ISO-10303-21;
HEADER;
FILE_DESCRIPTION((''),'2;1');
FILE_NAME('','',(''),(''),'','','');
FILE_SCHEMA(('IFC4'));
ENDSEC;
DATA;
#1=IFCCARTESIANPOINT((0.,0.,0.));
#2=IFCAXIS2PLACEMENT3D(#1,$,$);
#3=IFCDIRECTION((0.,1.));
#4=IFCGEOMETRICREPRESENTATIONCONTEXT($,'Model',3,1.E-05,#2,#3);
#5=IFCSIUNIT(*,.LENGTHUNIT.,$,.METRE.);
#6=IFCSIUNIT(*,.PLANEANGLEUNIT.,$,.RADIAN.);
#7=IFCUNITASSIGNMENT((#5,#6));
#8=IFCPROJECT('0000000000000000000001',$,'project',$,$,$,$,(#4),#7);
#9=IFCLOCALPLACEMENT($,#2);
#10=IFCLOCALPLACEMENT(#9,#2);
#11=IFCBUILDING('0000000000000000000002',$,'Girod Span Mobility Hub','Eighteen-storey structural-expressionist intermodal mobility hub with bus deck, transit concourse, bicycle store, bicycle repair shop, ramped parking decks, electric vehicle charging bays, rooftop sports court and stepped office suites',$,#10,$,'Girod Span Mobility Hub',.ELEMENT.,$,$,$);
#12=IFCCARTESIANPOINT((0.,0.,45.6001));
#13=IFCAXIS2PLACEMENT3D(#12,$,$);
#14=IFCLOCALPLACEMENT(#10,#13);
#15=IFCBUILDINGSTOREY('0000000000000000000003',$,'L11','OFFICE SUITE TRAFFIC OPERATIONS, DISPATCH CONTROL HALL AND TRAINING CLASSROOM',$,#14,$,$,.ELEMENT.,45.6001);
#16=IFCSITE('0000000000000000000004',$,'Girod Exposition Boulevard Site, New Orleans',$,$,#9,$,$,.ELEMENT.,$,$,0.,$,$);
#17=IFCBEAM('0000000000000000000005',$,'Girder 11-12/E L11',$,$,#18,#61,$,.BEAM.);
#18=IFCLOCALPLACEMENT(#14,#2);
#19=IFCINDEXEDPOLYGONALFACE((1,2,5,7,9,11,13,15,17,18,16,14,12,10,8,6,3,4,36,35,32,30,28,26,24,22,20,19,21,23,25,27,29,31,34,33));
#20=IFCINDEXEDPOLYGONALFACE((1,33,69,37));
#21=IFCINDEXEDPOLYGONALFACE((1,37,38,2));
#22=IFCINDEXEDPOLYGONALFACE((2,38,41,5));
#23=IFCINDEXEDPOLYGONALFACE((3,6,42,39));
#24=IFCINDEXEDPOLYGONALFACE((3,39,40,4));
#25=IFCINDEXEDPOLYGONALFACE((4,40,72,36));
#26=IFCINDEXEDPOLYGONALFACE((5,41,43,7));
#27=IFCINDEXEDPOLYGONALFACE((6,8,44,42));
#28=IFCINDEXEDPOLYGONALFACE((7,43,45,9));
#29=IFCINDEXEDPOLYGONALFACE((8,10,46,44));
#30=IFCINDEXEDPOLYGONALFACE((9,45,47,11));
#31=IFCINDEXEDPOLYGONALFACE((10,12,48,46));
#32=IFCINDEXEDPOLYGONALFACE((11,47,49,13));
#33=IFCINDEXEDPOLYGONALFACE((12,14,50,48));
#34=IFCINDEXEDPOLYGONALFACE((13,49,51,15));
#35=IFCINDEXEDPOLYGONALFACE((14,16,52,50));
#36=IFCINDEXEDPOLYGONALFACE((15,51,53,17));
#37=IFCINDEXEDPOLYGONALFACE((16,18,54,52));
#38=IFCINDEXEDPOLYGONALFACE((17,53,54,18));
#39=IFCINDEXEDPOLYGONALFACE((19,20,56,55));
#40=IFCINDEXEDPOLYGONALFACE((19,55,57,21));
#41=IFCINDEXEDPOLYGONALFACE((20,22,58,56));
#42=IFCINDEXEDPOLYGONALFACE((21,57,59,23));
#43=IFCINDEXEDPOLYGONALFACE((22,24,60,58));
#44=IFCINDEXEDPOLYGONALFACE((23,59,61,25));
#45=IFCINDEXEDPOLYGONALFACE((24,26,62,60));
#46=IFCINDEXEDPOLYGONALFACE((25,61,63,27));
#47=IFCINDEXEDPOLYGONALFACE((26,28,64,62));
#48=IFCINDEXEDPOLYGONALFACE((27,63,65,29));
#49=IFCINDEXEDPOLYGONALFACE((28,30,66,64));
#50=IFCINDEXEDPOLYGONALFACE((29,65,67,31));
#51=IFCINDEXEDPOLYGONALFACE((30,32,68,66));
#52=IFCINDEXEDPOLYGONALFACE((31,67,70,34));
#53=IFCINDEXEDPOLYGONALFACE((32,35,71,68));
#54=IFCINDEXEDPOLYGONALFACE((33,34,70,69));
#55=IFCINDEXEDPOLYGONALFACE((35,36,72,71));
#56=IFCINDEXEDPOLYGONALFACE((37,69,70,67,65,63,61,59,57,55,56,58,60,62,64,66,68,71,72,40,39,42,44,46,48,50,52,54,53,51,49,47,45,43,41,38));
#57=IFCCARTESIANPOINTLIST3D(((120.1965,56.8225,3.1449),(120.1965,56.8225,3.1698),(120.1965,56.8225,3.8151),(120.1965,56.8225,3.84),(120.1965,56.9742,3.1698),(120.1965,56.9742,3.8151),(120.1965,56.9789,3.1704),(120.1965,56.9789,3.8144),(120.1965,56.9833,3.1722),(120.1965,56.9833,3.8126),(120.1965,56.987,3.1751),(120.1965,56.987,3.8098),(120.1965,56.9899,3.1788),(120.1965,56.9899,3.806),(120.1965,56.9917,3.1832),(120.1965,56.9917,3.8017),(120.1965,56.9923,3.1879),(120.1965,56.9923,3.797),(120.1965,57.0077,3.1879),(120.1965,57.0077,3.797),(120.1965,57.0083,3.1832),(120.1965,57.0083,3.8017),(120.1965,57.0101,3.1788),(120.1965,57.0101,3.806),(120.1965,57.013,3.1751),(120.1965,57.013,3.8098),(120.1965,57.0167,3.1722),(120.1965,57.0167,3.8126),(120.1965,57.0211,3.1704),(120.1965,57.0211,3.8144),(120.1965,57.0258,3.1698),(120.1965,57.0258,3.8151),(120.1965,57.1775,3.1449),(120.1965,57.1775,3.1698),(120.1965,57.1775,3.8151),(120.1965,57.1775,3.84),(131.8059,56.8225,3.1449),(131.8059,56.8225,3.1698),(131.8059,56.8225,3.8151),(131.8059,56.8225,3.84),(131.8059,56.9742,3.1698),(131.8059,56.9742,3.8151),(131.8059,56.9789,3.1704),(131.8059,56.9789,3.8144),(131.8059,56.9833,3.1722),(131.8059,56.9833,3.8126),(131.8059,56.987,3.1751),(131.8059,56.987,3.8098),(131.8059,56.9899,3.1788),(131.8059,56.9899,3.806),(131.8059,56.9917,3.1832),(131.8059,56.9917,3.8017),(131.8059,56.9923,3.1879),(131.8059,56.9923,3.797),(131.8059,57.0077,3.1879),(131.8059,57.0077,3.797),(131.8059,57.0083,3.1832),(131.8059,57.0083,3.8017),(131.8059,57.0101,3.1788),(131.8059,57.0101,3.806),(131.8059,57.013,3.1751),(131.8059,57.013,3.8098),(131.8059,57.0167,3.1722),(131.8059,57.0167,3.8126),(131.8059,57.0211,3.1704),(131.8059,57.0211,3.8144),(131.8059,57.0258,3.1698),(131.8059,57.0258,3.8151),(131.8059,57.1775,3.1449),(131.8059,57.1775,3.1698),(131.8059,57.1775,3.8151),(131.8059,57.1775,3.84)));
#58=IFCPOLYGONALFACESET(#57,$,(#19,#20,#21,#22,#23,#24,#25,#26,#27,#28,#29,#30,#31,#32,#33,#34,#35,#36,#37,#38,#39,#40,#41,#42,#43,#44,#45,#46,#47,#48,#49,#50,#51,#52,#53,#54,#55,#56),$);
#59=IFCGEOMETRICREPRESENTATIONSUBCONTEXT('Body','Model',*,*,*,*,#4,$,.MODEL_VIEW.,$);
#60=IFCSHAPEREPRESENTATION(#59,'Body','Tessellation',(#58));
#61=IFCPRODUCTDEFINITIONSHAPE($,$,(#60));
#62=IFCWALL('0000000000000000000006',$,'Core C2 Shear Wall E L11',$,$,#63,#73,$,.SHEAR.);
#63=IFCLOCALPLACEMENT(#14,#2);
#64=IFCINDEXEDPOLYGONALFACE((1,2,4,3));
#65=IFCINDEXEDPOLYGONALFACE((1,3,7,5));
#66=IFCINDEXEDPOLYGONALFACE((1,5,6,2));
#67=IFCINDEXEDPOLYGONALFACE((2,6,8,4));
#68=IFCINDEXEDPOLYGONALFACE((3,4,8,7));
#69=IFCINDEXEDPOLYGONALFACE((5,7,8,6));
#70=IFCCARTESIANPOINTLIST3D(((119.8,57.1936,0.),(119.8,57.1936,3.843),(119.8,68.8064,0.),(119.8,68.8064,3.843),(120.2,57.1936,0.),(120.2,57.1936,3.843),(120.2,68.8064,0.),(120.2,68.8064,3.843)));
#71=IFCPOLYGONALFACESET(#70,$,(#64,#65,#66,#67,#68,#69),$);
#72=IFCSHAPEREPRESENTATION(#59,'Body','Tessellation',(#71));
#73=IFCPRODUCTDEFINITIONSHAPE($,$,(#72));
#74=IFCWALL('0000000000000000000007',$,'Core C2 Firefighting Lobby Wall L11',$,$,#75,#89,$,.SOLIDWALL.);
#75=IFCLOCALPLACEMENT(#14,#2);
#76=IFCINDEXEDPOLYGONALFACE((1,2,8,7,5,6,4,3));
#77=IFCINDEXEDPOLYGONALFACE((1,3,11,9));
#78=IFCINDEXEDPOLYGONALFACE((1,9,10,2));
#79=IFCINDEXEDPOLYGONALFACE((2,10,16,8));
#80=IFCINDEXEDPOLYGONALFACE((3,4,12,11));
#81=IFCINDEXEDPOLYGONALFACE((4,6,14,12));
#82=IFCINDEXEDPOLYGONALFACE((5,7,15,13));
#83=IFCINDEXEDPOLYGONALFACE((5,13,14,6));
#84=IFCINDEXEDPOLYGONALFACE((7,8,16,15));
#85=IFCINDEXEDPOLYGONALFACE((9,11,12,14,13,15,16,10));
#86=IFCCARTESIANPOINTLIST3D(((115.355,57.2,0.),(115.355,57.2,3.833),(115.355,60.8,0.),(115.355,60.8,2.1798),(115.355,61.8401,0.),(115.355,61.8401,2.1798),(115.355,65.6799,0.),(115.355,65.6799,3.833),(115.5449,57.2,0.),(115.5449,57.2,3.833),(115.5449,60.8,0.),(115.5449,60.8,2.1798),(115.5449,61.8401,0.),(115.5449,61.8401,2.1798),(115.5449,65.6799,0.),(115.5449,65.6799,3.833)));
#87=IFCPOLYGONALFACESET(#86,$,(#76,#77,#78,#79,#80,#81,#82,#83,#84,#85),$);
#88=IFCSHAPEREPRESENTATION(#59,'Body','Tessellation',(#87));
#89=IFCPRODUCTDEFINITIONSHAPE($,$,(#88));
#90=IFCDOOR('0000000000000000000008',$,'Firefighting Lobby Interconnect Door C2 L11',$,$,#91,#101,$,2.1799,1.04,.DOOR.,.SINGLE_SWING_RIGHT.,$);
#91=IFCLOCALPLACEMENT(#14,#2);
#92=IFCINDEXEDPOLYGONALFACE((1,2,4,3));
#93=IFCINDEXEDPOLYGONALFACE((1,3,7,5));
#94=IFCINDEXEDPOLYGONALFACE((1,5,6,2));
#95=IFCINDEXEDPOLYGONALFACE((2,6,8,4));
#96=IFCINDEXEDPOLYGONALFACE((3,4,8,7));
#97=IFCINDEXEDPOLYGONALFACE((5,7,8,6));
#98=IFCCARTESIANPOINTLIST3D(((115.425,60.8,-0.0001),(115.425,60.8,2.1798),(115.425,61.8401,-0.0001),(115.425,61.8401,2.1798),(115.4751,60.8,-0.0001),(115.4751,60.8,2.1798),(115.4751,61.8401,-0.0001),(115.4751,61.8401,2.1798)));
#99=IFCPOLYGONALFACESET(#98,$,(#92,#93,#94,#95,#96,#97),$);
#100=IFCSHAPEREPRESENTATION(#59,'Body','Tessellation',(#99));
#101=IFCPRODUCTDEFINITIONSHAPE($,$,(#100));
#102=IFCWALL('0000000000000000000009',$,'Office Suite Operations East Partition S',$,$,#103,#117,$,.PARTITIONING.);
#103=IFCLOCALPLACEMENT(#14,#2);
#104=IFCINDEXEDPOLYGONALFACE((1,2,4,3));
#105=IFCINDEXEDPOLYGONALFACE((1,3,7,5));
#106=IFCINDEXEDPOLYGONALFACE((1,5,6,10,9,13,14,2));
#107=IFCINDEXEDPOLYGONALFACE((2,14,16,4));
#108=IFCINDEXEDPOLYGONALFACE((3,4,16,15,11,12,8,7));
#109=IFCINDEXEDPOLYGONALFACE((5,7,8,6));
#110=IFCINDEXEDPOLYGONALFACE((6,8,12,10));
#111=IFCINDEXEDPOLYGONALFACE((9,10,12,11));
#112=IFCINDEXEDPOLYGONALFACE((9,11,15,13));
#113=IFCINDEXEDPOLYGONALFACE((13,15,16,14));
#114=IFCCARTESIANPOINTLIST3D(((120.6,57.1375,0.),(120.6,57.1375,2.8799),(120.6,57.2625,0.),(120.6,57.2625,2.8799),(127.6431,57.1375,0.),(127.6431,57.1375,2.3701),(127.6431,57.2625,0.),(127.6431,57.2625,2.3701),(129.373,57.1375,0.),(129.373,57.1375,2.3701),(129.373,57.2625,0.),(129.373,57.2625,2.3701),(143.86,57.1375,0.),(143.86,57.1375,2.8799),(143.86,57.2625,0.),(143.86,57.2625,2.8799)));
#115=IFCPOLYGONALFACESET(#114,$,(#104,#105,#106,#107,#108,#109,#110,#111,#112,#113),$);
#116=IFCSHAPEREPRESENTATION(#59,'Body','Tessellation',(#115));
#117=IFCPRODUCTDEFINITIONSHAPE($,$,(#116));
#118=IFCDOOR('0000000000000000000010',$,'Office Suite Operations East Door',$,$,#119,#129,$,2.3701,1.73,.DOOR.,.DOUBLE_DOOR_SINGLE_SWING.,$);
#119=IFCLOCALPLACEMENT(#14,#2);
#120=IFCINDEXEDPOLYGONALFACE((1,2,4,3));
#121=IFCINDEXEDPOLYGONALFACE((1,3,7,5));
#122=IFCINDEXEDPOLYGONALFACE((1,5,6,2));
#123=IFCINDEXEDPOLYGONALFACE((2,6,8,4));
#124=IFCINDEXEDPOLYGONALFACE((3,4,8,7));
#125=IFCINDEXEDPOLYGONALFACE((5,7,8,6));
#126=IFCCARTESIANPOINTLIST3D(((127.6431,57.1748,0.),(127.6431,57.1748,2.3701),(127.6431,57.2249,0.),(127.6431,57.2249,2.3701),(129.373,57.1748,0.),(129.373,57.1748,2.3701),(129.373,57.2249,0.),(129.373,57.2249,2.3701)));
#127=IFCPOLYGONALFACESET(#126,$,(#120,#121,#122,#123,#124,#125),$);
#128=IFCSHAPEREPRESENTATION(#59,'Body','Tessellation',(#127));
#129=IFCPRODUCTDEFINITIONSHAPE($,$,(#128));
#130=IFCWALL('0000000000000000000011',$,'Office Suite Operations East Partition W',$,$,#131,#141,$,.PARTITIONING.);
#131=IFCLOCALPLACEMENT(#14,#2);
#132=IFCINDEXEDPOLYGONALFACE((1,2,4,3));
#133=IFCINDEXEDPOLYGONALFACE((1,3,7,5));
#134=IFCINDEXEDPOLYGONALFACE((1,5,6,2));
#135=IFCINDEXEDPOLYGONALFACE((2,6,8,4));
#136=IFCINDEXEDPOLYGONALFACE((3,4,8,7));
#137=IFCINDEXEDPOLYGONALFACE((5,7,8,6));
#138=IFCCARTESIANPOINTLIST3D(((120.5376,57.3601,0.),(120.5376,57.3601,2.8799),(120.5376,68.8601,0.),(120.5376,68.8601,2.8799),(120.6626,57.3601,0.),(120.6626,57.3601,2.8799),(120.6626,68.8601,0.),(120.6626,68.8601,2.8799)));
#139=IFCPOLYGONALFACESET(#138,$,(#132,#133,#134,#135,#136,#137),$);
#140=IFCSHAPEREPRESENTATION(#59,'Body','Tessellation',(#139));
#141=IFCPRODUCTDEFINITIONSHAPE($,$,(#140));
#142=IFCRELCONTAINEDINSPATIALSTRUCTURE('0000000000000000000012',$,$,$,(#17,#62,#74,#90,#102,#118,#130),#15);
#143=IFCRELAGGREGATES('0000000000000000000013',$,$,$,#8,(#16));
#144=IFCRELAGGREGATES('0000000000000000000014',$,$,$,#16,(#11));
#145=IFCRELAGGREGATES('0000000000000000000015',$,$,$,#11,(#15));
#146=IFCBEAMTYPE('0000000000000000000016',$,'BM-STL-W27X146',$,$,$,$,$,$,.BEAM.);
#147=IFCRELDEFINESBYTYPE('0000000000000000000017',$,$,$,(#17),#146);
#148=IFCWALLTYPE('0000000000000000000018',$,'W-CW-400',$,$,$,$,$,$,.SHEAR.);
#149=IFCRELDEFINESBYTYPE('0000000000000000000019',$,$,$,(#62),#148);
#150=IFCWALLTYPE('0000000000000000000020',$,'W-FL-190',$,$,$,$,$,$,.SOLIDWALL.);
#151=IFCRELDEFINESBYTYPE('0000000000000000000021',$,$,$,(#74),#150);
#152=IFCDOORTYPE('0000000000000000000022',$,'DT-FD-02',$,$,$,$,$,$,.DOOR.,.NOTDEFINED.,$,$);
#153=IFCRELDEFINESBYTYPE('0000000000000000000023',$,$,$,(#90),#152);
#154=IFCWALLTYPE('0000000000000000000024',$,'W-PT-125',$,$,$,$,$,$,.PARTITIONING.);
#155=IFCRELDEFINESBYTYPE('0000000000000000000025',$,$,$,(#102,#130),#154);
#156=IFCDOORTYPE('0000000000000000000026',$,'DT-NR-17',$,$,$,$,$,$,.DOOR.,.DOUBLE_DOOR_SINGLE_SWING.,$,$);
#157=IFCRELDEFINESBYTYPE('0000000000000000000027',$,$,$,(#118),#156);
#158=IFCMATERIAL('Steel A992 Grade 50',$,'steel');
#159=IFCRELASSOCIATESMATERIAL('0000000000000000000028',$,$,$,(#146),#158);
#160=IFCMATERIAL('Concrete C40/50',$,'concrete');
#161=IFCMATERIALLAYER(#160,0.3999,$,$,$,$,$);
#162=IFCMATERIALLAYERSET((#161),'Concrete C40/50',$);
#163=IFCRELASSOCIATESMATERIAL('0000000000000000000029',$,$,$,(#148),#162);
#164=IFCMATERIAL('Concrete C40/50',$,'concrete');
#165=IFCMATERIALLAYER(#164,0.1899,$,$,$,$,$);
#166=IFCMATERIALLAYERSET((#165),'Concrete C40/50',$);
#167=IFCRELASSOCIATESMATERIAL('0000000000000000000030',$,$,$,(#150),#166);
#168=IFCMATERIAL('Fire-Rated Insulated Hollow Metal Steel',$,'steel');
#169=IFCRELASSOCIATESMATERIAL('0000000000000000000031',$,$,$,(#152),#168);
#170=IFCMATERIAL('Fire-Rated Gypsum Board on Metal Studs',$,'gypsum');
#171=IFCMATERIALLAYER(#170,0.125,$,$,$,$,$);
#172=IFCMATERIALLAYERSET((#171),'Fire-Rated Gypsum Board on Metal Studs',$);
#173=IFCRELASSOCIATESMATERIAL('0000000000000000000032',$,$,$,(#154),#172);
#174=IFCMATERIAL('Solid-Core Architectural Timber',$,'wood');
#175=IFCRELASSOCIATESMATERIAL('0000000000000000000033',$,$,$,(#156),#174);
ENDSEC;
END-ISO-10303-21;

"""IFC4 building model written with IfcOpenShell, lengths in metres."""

from ifc_helpers import new_model, si_unit, direction, frame, frame_2d, origin, origin_2d, place, context, subcontext, project, spatial, rectangle, i_section, extrude, material, layer, layer_set, material_profile, profile_set, type_object, element, fill, save


model = new_model("IFC4")

# Units and contexts
model_context = context("Model", 3, precision=1e-05, world=origin(), true_north=direction((0.0, 1.0)))
body_context = subcontext(model_context, "Body", "Model", "MODEL_VIEW")
ifc_project = project(units=[si_unit("LENGTHUNIT", "METRE"), si_unit("PLANEANGLEUNIT", "RADIAN")], contexts=[model_context])

# Site, building, storey
site_placement = place(None, origin())
site = spatial("IfcSite", under=ifc_project, at=site_placement, Name="Girod Exposition Boulevard Site, New Orleans", CompositionType="ELEMENT", RefElevation=0.0)
building_placement = place(site_placement, origin())
building = spatial("IfcBuilding", under=site, at=building_placement, Name="Girod Span Mobility Hub", Description="Eighteen-storey structural-expressionist intermodal mobility hub with bus deck, transit concourse, bicycle store, bicycle repair shop, ramped parking decks, electric vehicle charging bays, rooftop sports court and stepped office suites", LongName="Girod Span Mobility Hub", CompositionType="ELEMENT")
storey_placement = place(building_placement, frame((0.0, 0.0, 45.6001)))
storey = spatial("IfcBuildingStorey", under=building, at=storey_placement, Name="L11", Description="OFFICE SUITE TRAFFIC OPERATIONS, DISPATCH CONTROL HALL AND TRAINING CLASSROOM", CompositionType="ELEMENT", Elevation=45.6001)

# Beam
ifc_material_1 = material(Name="Steel A992 Grade 50", Category="steel")
ifc_material_profile_1 = material_profile(ifc_material_1, i_section(OverallWidth=0.355, OverallDepth=0.6951, WebThickness=0.0154, FlangeThickness=0.0249, FilletRadius=0.0181, at=origin_2d()), Name="W27X146")
ifc_profile_set_1 = profile_set([ifc_material_profile_1], Name="Steel A992 Grade 50")
beam_type_1 = type_object("IfcBeamType", Name="BM-STL-W27X146", PredefinedType="BEAM", material=ifc_profile_set_1)
beam_1_placement = place(storey_placement, frame((120.1965, 57.0, 3.4924), z_axis=(1.0, 0.0, 0.0), x_axis=(0.0, 1.0, 0.0)))
element("IfcBeam", 1, at=beam_1_placement, inside=storey, type_object=beam_type_1, Name="Girder 11-12/E L11", PredefinedType="BEAM", context=body_context, shape_type="SweptSolid", body=[
    extrude(i_section(OverallWidth=0.355, OverallDepth=0.6951, WebThickness=0.0154, FlangeThickness=0.0249, FilletRadius=0.0181, at=origin_2d()), origin(), (0.0, 0.0, 1.0), 11.6094),
])

# Wall
ifc_material_2 = material(Name="Concrete C40/50", Category="concrete")
ifc_layer_1 = layer(ifc_material_2, 0.3999)
ifc_layer_set_1 = layer_set([ifc_layer_1], Name="Concrete C40/50")
wall_type_1 = type_object("IfcWallType", Name="W-CW-400", PredefinedType="SHEAR", material=ifc_layer_set_1)
wall_1_placement = place(storey_placement, frame((120.0, 57.1936, 0.0), z_axis=(0.0, 0.0, 1.0), x_axis=(0.0, 1.0, 0.0)))
element("IfcWall", 2, at=wall_1_placement, inside=storey, type_object=wall_type_1, Name="Core C2 Shear Wall E L11", PredefinedType="SHEAR", context=body_context, shape_type="SweptSolid", body=[
    extrude(rectangle(XDim=11.6128, YDim=0.3999, at=frame_2d((5.8064, 0.0))), origin(), (0.0, 0.0, 1.0), 3.843),
])

# Walls, openings, doors
ifc_material_3 = material(Name="Concrete C40/50", Category="concrete")
ifc_layer_2 = layer(ifc_material_3, 0.1899)
ifc_layer_set_2 = layer_set([ifc_layer_2], Name="Concrete C40/50")
wall_type_2 = type_object("IfcWallType", Name="W-FL-190", PredefinedType="SOLIDWALL", material=ifc_layer_set_2)
wall_2_placement = place(storey_placement, frame((115.45, 57.2, 0.0), z_axis=(0.0, 0.0, 1.0), x_axis=(0.0, 1.0, 0.0)))
wall_2 = element("IfcWall", 3, at=wall_2_placement, inside=storey, type_object=wall_type_2, Name="Core C2 Firefighting Lobby Wall L11", PredefinedType="SOLIDWALL", context=body_context, shape_type="SweptSolid", body=[
    extrude(rectangle(XDim=8.48, YDim=0.1899, at=frame_2d((4.24, 0.0))), origin(), (0.0, 0.0, 1.0), 3.833),
])
opening_1_placement = place(wall_2_placement, frame((3.6001, 0.0, 0.0)))
opening_1 = element("IfcOpeningElement", 4, at=opening_1_placement, cuts=wall_2, PredefinedType="OPENING", context=body_context, shape_type="SweptSolid", body=[
    extrude(rectangle(XDim=1.04, YDim=2.1799, at=frame_2d((0.52, 1.0898))), frame((0.0, 0.1099, 0.0), z_axis=(0.0, -1.0, 0.0), x_axis=(1.0, 0.0, 0.0)), (0.0, 0.0, 1.0), 0.22),
])
ifc_material_4 = material(Name="Fire-Rated Insulated Hollow Metal Steel", Category="steel")
door_type_1 = type_object("IfcDoorType", Name="DT-FD-02", OperationType="NOTDEFINED", PredefinedType="DOOR", material=ifc_material_4)
door_1_placement = place(opening_1_placement, origin())
door_1 = element("IfcDoor", 5, at=door_1_placement, inside=storey, type_object=door_type_1, Name="Firefighting Lobby Interconnect Door C2 L11", OperationType="SINGLE_SWING_RIGHT", OverallHeight=2.1799, OverallWidth=1.04, PredefinedType="DOOR", context=body_context, shape_type="SweptSolid", body=[
    extrude(rectangle(XDim=1.04, YDim=2.1799, at=frame_2d((0.52, 1.0898))), frame((0.0, 0.0249, 0.0), z_axis=(0.0, -1.0, 0.0), x_axis=(1.0, 0.0, 0.0)), (0.0, 0.0, 1.0), 0.05),
])
fill(opening_1, door_1)
ifc_material_5 = material(Name="Fire-Rated Gypsum Board on Metal Studs", Category="gypsum")
ifc_layer_3 = layer(ifc_material_5, 0.125)
ifc_layer_set_3 = layer_set([ifc_layer_3], Name="Fire-Rated Gypsum Board on Metal Studs")
wall_type_3 = type_object("IfcWallType", Name="W-PT-125", PredefinedType="PARTITIONING", material=ifc_layer_set_3)
wall_3_placement = place(storey_placement, frame((120.6001, 57.2, 0.0), z_axis=(0.0, 0.0, 1.0), x_axis=(1.0, 0.0, 0.0)))
wall_3 = element("IfcWall", 6, at=wall_3_placement, inside=storey, type_object=wall_type_3, Name="Office Suite Operations East Partition S", PredefinedType="PARTITIONING", context=body_context, shape_type="SweptSolid", body=[
    extrude(rectangle(XDim=23.26, YDim=0.125, at=frame_2d((11.6299, 0.0))), origin(), (0.0, 0.0, 1.0), 2.8799),
])
opening_2_placement = place(wall_3_placement, frame((7.043, 0.0, 0.0)))
opening_2 = element("IfcOpeningElement", 7, at=opening_2_placement, cuts=wall_3, PredefinedType="OPENING", context=body_context, shape_type="SweptSolid", body=[
    extrude(rectangle(XDim=1.73, YDim=2.3701, at=frame_2d((0.865, 1.1851))), frame((0.0, 0.0774, 0.0), z_axis=(0.0, -1.0, 0.0), x_axis=(1.0, 0.0, 0.0)), (0.0, 0.0, 1.0), 0.155),
])
ifc_material_6 = material(Name="Solid-Core Architectural Timber", Category="wood")
door_type_2 = type_object("IfcDoorType", Name="DT-NR-17", OperationType="DOUBLE_DOOR_SINGLE_SWING", PredefinedType="DOOR", material=ifc_material_6)
door_2_placement = place(opening_2_placement, origin())
door_2 = element("IfcDoor", 8, at=door_2_placement, inside=storey, type_object=door_type_2, Name="Office Suite Operations East Door", OperationType="DOUBLE_DOOR_SINGLE_SWING", OverallHeight=2.3701, OverallWidth=1.73, PredefinedType="DOOR", context=body_context, shape_type="SweptSolid", body=[
    extrude(rectangle(XDim=1.73, YDim=2.3701, at=frame_2d((0.865, 1.1851))), frame((0.0, 0.0249, 0.0), z_axis=(0.0, -1.0, 0.0), x_axis=(1.0, 0.0, 0.0)), (0.0, 0.0, 1.0), 0.05),
])
fill(opening_2, door_2)

# Wall
wall_4_placement = place(storey_placement, frame((120.6001, 57.3601, 0.0), z_axis=(0.0, 0.0, 1.0), x_axis=(0.0, 1.0, 0.0)))
element("IfcWall", 9, at=wall_4_placement, inside=storey, type_object=wall_type_3, Name="Office Suite Operations East Partition W", PredefinedType="PARTITIONING", context=body_context, shape_type="SweptSolid", body=[
    extrude(rectangle(XDim=11.5, YDim=0.125, at=frame_2d((5.75, 0.0))), origin(), (0.0, 0.0, 1.0), 2.8799),
])

save(model, "model.ifc")
